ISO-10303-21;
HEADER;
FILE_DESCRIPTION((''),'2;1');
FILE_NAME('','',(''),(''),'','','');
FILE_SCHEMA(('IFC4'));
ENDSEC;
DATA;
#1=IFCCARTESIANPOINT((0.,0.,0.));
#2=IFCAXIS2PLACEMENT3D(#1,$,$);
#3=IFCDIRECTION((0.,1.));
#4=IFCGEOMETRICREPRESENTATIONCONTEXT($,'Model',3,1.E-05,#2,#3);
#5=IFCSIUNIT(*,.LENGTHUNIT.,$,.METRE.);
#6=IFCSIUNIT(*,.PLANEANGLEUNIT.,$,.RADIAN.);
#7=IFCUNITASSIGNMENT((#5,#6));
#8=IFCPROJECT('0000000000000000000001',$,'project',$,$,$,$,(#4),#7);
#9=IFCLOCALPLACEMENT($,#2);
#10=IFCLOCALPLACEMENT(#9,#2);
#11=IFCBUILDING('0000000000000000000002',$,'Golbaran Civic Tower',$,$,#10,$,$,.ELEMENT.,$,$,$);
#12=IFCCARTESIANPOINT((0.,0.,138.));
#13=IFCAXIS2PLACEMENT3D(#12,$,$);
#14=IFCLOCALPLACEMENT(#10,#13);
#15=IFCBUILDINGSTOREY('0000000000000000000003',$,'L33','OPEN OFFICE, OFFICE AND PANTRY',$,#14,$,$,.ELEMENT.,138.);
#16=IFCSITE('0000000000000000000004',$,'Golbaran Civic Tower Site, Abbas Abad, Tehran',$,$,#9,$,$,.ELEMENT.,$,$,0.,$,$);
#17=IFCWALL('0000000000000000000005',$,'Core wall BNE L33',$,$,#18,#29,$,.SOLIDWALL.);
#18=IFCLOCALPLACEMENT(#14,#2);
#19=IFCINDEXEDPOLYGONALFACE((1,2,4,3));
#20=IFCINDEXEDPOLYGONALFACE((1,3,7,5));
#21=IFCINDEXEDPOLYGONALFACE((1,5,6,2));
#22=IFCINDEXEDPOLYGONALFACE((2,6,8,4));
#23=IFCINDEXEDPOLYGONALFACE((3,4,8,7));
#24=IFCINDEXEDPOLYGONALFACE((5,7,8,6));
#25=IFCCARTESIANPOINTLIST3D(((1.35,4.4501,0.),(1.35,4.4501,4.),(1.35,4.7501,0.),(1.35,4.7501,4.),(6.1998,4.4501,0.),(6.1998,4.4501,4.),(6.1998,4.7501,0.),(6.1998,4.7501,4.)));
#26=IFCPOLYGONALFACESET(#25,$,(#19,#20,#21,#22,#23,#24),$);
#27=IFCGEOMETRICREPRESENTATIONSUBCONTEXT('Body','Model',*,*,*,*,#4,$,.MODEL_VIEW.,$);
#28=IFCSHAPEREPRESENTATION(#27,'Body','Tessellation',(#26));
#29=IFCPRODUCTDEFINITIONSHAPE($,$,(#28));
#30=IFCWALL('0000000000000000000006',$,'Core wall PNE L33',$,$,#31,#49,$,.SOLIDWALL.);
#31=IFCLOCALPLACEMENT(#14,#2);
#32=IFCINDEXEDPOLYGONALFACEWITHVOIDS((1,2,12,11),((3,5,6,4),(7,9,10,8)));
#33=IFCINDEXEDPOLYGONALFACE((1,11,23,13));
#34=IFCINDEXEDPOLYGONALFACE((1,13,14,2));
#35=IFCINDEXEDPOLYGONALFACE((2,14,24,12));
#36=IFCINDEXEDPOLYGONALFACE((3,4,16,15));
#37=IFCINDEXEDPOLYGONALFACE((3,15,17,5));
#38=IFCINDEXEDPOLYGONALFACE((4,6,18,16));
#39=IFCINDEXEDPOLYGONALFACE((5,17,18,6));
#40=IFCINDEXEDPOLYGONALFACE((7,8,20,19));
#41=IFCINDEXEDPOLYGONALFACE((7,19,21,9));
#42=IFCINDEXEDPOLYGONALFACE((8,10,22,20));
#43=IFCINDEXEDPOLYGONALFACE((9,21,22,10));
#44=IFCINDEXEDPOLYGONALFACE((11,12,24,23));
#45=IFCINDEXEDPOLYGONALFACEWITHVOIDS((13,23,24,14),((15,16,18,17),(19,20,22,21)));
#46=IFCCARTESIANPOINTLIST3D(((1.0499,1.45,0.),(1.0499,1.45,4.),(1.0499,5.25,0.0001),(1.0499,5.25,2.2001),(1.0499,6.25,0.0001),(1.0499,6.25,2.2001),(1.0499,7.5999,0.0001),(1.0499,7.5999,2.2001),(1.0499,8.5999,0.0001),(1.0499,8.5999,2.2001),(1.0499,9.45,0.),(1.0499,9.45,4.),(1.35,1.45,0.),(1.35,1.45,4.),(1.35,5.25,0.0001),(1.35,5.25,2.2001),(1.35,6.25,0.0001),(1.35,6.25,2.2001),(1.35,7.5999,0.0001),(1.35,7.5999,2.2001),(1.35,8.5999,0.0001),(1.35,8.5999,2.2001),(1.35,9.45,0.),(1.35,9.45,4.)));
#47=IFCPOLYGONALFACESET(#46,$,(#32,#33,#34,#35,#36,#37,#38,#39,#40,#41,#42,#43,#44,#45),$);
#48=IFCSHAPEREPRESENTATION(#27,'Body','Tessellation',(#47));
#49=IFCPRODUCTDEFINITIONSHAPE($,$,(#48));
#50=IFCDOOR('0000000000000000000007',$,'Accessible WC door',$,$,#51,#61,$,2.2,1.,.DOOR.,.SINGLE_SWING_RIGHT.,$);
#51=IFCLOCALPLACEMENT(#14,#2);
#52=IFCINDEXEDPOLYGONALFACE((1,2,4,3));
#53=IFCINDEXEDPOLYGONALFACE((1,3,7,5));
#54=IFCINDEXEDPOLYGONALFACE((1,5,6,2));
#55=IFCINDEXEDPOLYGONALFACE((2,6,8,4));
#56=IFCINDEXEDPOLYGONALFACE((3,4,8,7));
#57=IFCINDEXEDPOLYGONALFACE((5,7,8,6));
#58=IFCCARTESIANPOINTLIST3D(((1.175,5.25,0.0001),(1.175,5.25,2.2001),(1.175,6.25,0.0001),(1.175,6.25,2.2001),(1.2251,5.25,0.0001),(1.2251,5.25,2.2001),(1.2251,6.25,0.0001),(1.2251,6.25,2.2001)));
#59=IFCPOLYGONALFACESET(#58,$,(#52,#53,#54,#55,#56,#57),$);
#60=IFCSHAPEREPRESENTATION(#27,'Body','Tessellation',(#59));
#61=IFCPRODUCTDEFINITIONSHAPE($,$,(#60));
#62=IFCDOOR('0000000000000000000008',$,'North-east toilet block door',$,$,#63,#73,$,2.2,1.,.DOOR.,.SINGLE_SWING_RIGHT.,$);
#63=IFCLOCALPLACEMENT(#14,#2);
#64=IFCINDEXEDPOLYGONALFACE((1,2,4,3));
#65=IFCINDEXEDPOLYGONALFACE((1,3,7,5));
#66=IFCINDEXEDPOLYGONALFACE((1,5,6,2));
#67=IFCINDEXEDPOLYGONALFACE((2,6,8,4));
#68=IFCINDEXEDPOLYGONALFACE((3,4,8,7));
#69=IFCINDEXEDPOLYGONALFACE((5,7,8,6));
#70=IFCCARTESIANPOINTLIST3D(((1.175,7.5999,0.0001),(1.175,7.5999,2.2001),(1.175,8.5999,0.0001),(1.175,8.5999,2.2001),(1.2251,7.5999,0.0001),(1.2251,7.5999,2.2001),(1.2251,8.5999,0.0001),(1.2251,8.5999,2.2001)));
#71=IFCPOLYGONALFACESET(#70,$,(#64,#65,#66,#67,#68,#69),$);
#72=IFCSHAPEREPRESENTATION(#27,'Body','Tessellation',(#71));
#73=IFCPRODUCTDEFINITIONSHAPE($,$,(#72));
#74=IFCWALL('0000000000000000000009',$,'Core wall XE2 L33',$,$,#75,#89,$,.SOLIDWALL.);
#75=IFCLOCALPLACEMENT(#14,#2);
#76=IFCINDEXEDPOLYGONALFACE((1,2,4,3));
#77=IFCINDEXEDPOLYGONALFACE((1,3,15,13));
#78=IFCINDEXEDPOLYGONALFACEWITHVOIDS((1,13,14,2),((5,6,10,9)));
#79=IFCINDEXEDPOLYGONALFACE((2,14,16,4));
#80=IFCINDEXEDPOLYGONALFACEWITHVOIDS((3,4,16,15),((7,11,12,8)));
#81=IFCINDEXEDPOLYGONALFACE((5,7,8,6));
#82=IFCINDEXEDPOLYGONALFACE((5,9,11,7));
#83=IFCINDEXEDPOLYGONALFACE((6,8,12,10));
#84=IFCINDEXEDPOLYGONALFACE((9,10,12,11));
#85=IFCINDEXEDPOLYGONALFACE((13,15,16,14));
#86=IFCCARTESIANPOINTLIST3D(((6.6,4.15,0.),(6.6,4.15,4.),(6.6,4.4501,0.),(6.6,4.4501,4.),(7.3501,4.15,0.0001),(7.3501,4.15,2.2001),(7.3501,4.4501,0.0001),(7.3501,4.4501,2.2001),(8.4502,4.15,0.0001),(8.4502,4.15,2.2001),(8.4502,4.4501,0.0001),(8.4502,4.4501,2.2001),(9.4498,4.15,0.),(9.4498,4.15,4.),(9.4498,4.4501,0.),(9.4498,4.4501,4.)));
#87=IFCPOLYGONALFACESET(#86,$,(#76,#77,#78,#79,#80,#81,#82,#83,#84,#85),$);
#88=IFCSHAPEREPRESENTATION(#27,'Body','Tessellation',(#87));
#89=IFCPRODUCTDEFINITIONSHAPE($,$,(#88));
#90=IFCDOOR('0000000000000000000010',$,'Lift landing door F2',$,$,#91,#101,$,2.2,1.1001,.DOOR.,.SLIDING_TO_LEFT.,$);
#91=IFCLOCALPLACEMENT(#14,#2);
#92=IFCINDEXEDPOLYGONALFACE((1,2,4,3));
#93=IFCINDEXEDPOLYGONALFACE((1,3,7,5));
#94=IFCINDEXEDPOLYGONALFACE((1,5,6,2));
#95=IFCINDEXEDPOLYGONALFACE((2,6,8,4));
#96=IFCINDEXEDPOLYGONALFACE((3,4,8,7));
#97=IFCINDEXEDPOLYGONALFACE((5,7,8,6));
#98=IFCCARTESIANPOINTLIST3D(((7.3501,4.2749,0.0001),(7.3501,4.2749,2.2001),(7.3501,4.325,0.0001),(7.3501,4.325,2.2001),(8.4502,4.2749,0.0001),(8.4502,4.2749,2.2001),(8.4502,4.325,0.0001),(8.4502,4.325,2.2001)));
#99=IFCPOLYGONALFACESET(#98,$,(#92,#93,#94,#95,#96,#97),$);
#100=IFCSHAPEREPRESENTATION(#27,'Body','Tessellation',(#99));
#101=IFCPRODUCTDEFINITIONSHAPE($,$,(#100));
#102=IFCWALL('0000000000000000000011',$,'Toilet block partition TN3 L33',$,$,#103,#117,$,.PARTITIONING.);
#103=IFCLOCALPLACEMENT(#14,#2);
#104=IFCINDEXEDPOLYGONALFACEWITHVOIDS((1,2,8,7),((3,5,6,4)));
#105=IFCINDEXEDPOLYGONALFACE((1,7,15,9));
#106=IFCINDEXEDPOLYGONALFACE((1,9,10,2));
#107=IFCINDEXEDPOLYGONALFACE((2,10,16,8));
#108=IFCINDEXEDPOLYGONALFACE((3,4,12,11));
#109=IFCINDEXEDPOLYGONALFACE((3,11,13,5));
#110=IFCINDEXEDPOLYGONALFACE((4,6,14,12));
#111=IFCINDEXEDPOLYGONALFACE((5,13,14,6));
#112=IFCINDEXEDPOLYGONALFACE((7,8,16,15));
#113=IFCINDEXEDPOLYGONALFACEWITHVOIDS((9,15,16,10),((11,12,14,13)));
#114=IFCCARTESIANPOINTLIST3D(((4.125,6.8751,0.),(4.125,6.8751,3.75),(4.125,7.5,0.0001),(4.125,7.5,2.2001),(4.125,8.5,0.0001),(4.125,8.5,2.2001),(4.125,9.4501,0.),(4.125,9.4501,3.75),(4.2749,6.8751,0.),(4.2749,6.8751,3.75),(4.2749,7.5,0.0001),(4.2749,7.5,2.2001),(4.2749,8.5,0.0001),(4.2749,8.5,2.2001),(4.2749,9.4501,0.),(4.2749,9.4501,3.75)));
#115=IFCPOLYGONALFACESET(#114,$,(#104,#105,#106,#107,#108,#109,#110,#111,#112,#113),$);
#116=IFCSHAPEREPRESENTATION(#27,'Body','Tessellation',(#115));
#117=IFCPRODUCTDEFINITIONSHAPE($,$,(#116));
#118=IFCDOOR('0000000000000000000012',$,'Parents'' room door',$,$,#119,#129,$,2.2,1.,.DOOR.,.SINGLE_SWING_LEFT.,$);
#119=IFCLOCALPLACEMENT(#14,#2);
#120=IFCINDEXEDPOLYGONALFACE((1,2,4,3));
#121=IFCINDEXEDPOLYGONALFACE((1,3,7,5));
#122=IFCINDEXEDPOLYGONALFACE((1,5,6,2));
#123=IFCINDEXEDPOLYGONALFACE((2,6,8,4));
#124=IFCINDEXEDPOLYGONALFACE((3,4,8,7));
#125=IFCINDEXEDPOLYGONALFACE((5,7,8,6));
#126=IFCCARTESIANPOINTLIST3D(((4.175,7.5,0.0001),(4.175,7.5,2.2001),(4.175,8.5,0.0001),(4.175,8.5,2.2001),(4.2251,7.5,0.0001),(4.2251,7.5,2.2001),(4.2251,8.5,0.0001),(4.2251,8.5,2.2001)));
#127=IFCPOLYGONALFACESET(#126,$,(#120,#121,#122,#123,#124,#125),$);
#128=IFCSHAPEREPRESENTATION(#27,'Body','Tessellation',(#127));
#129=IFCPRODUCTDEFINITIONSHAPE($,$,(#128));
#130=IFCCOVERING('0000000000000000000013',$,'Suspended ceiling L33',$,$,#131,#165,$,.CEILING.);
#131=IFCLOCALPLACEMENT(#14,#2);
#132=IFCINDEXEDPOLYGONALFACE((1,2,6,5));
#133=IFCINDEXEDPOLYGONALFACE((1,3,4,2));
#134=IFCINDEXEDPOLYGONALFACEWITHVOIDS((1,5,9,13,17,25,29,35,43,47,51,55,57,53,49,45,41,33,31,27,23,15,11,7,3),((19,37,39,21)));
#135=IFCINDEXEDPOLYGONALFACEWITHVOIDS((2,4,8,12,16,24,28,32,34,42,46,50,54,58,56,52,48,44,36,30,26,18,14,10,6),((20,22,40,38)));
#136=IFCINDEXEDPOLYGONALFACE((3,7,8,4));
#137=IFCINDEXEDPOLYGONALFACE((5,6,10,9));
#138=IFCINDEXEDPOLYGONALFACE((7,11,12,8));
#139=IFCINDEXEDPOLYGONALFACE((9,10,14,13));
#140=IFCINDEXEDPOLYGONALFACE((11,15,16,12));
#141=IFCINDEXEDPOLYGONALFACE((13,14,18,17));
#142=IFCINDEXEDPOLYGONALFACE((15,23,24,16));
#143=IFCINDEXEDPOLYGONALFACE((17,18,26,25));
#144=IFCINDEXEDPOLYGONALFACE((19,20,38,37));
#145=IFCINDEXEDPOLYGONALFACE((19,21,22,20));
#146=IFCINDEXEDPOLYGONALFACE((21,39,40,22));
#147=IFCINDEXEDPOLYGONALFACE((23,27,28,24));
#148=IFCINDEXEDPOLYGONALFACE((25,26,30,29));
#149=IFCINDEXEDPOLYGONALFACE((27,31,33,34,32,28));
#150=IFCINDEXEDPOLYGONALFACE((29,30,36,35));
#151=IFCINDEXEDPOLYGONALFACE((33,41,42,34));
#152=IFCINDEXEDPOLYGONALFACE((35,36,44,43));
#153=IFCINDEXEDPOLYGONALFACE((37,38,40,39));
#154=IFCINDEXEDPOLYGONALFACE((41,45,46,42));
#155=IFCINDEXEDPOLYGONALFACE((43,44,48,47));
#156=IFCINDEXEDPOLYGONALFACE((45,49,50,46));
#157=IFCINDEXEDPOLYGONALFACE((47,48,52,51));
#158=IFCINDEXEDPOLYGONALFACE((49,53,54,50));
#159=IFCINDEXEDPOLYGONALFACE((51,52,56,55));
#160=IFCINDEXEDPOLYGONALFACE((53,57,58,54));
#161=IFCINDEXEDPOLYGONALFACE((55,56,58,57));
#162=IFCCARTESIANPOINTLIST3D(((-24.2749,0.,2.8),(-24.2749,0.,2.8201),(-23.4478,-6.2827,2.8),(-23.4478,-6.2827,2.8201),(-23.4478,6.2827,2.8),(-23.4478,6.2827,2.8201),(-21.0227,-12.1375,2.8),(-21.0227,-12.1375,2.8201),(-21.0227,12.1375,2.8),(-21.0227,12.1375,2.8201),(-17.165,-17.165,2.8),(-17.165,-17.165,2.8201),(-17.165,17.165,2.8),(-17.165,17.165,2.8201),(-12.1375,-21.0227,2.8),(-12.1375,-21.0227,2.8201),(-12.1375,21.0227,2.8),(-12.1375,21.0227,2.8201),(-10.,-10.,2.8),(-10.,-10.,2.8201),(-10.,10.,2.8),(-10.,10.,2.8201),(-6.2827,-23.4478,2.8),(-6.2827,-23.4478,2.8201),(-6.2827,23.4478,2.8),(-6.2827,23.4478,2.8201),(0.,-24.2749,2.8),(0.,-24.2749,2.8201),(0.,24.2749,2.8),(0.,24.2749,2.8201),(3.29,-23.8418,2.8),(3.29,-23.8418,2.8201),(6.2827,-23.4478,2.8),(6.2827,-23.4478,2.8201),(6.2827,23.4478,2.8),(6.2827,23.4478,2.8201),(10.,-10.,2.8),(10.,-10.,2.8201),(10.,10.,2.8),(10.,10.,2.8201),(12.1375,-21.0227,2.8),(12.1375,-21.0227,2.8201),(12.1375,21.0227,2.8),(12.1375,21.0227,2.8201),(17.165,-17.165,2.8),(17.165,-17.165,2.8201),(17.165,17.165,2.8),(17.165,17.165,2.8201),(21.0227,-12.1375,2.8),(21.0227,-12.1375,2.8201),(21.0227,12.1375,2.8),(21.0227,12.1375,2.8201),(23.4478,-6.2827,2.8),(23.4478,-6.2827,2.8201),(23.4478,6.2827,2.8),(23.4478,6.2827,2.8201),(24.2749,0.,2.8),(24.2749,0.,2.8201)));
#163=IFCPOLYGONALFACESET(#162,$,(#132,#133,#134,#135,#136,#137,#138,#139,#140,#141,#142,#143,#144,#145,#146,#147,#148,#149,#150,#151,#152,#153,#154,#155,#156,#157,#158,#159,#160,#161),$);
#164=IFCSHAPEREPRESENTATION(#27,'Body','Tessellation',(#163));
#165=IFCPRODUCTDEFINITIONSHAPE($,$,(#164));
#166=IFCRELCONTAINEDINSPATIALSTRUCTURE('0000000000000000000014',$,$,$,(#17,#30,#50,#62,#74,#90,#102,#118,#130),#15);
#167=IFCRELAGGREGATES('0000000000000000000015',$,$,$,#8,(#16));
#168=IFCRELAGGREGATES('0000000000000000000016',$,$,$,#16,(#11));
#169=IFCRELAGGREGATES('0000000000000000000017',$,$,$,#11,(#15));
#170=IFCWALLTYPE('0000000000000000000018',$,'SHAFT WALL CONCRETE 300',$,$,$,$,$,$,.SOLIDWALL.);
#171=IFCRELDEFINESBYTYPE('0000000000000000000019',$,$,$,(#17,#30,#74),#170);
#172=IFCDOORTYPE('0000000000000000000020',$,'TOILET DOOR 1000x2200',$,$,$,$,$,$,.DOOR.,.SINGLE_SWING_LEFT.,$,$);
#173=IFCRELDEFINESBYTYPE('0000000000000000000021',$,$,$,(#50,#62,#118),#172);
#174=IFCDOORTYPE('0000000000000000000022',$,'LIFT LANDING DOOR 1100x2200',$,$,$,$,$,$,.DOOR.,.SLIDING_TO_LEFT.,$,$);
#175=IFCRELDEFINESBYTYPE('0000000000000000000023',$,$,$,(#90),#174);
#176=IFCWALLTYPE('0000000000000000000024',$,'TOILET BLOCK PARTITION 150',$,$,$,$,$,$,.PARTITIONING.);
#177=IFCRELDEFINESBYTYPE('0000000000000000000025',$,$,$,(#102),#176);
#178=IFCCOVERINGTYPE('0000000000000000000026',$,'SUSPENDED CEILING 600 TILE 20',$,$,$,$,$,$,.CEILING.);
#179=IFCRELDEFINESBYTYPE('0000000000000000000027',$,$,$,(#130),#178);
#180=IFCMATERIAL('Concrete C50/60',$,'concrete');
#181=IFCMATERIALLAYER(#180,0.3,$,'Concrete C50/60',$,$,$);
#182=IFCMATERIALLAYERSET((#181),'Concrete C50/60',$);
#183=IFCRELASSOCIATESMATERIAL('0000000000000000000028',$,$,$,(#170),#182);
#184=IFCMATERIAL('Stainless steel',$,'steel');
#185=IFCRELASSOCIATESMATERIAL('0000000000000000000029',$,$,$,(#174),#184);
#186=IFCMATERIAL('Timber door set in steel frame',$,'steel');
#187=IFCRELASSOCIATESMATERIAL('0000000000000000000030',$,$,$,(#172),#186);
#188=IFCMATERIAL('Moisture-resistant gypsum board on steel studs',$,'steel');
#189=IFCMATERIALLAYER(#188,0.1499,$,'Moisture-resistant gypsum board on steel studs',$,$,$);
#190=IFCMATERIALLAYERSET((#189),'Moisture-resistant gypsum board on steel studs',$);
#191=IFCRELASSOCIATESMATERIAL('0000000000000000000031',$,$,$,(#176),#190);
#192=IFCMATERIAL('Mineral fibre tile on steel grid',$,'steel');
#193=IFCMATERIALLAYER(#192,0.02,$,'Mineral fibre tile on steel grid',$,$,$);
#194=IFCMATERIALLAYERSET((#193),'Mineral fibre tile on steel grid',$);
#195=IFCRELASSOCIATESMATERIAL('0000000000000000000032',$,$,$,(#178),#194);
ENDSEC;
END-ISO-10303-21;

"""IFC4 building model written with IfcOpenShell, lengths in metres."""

from ifc_helpers import new_model, si_unit, direction, frame, frame_2d, origin, place, context, subcontext, project, spatial, polyline, rectangle, outline, extrude, material, layer, layer_set, type_object, element, fill, save


model = new_model("IFC4")

# Units and contexts
model_context = context("Model", 3, precision=1e-05, world=origin(), true_north=direction((0.0, 1.0)))
body_context = subcontext(model_context, "Body", "Model", "MODEL_VIEW")
ifc_project = project(units=[si_unit("LENGTHUNIT", "METRE"), si_unit("PLANEANGLEUNIT", "RADIAN")], contexts=[model_context])

# Site, building, storey
site_placement = place(None, origin())
site = spatial("IfcSite", under=ifc_project, at=site_placement, Name="Golbaran Civic Tower Site, Abbas Abad, Tehran", CompositionType="ELEMENT", RefElevation=0.0)
building_placement = place(site_placement, origin())
building = spatial("IfcBuilding", under=site, at=building_placement, Name="Golbaran Civic Tower", CompositionType="ELEMENT")
storey_placement = place(building_placement, frame((0.0, 0.0, 138.0)))
storey = spatial("IfcBuildingStorey", under=building, at=storey_placement, Name="L33", Description="OPEN OFFICE, OFFICE AND PANTRY", CompositionType="ELEMENT", Elevation=138.0)

# Shared definitions
ifc_material_1 = material(Name="Timber door set in steel frame", Category="steel")

# Shared definitions
ifc_material_2 = material(Name="Concrete C50/60", Category="concrete")

# Shared definitions
ifc_layer_1 = layer(ifc_material_2, 0.3, Name="Concrete C50/60")
ifc_layer_set_1 = layer_set([ifc_layer_1], Name="Concrete C50/60")
wall_type_1 = type_object("IfcWallType", Name="SHAFT WALL CONCRETE 300", PredefinedType="SOLIDWALL", material=ifc_layer_set_1)
ifc_material_3 = material(Name="Stainless steel", Category="steel")
door_type_1 = type_object("IfcDoorType", Name="LIFT LANDING DOOR 1100x2200", OperationType="SLIDING_TO_LEFT", PredefinedType="DOOR", material=ifc_material_3)

# Wall
wall_1_placement = place(storey_placement, frame((1.3501, 4.6001, 0.0), z_axis=(0.0, 0.0, 1.0), x_axis=(1.0, 0.0, 0.0)))
element("IfcWall", 1, at=wall_1_placement, inside=storey, type_object=wall_type_1, Name="Core wall BNE L33", PredefinedType="SOLIDWALL", context=body_context, shape_type="SweptSolid", body=[
    extrude(rectangle(XDim=4.8499, YDim=0.3, at=frame_2d((2.4248, 0.0))), origin(), (0.0, 0.0, 1.0), 4.0),
])

# Wall, openings, doors
wall_2_placement = place(storey_placement, frame((1.2, 1.45, 0.0), z_axis=(0.0, 0.0, 1.0), x_axis=(0.0, 1.0, 0.0)))
wall_2 = element("IfcWall", 2, at=wall_2_placement, inside=storey, type_object=wall_type_1, Name="Core wall PNE L33", PredefinedType="SOLIDWALL", context=body_context, shape_type="SweptSolid", body=[
    extrude(rectangle(XDim=8.0, YDim=0.3, at=frame_2d((4.0, 0.0))), origin(), (0.0, 0.0, 1.0), 4.0),
])
opening_1_placement = place(wall_2_placement, frame((3.8, 0.0, 0.0)))
opening_1 = element("IfcOpeningElement", 3, at=opening_1_placement, cuts=wall_2, PredefinedType="OPENING", context=body_context, shape_type="SweptSolid", body=[
    extrude(rectangle(XDim=1.0, YDim=2.2, at=frame_2d((0.5, 1.1001))), frame((0.0, 0.1599, 0.0), z_axis=(0.0, -1.0, 0.0), x_axis=(1.0, 0.0, 0.0)), (0.0, 0.0, 1.0), 0.3201),
])
opening_2_placement = place(wall_2_placement, frame((6.1499, 0.0, 0.0)))
opening_2 = element("IfcOpeningElement", 4, at=opening_2_placement, cuts=wall_2, PredefinedType="OPENING", context=body_context, shape_type="SweptSolid", body=[
    extrude(rectangle(XDim=1.0, YDim=2.2, at=frame_2d((0.5, 1.1001))), frame((0.0, 0.1599, 0.0), z_axis=(0.0, -1.0, 0.0), x_axis=(1.0, 0.0, 0.0)), (0.0, 0.0, 1.0), 0.3201),
])
door_type_2 = type_object("IfcDoorType", Name="TOILET DOOR 1000x2200", OperationType="SINGLE_SWING_LEFT", PredefinedType="DOOR", material=ifc_material_1)
door_1_placement = place(opening_1_placement, origin())
door_1 = element("IfcDoor", 5, at=door_1_placement, inside=storey, type_object=door_type_2, Name="Accessible WC door", OperationType="SINGLE_SWING_RIGHT", OverallHeight=2.2, OverallWidth=1.0, PredefinedType="DOOR", context=body_context, shape_type="SweptSolid", body=[
    extrude(rectangle(XDim=1.0, YDim=2.2, at=frame_2d((0.5, 1.1001))), frame((0.0, 0.0249, 0.0), z_axis=(0.0, -1.0, 0.0), x_axis=(1.0, 0.0, 0.0)), (0.0, 0.0, 1.0), 0.05),
])
fill(opening_1, door_1)
door_2_placement = place(opening_2_placement, origin())
door_2 = element("IfcDoor", 6, at=door_2_placement, inside=storey, type_object=door_type_2, Name="North-east toilet block door", OperationType="SINGLE_SWING_RIGHT", OverallHeight=2.2, OverallWidth=1.0, PredefinedType="DOOR", context=body_context, shape_type="SweptSolid", body=[
    extrude(rectangle(XDim=1.0, YDim=2.2, at=frame_2d((0.5, 1.1001))), frame((0.0, 0.0249, 0.0), z_axis=(0.0, -1.0, 0.0), x_axis=(1.0, 0.0, 0.0)), (0.0, 0.0, 1.0), 0.05),
])
fill(opening_2, door_2)

# Walls, openings, doors
wall_3_placement = place(storey_placement, frame((6.6001, 4.3, 0.0), z_axis=(0.0, 0.0, 1.0), x_axis=(1.0, 0.0, 0.0)))
wall_3 = element("IfcWall", 7, at=wall_3_placement, inside=storey, type_object=wall_type_1, Name="Core wall XE2 L33", PredefinedType="SOLIDWALL", context=body_context, shape_type="SweptSolid", body=[
    extrude(rectangle(XDim=2.8499, YDim=0.3, at=frame_2d((1.4248, 0.0))), origin(), (0.0, 0.0, 1.0), 4.0),
])
opening_3_placement = place(wall_3_placement, frame((0.75, 0.0, 0.0)))
opening_3 = element("IfcOpeningElement", 8, at=opening_3_placement, cuts=wall_3, PredefinedType="OPENING", context=body_context, shape_type="SweptSolid", body=[
    extrude(rectangle(XDim=1.1001, YDim=2.2, at=frame_2d((0.55, 1.1001))), frame((0.0, 0.1599, 0.0), z_axis=(0.0, -1.0, 0.0), x_axis=(1.0, 0.0, 0.0)), (0.0, 0.0, 1.0), 0.3201),
])
door_3_placement = place(opening_3_placement, origin())
door_3 = element("IfcDoor", 9, at=door_3_placement, inside=storey, type_object=door_type_1, Name="Lift landing door F2", OperationType="SLIDING_TO_LEFT", OverallHeight=2.2, OverallWidth=1.1001, PredefinedType="DOOR", context=body_context, shape_type="SweptSolid", body=[
    extrude(rectangle(XDim=1.1001, YDim=2.2, at=frame_2d((0.55, 1.1001))), frame((0.0, 0.0249, 0.0), z_axis=(0.0, -1.0, 0.0), x_axis=(1.0, 0.0, 0.0)), (0.0, 0.0, 1.0), 0.05),
])
fill(opening_3, door_3)
ifc_material_4 = material(Name="Moisture-resistant gypsum board on steel studs", Category="steel")
ifc_layer_2 = layer(ifc_material_4, 0.1499, Name="Moisture-resistant gypsum board on steel studs")
ifc_layer_set_2 = layer_set([ifc_layer_2], Name="Moisture-resistant gypsum board on steel studs")
wall_type_2 = type_object("IfcWallType", Name="TOILET BLOCK PARTITION 150", PredefinedType="PARTITIONING", material=ifc_layer_set_2)
wall_4_placement = place(storey_placement, frame((4.2, 6.875, 0.0), z_axis=(0.0, 0.0, 1.0), x_axis=(0.0, 1.0, 0.0)))
wall_4 = element("IfcWall", 10, at=wall_4_placement, inside=storey, type_object=wall_type_2, Name="Toilet block partition TN3 L33", PredefinedType="PARTITIONING", context=body_context, shape_type="SweptSolid", body=[
    extrude(rectangle(XDim=2.575, YDim=0.1499, at=frame_2d((1.2876, 0.0))), origin(), (0.0, 0.0, 1.0), 3.75),
])
opening_4_placement = place(wall_4_placement, frame((0.625, 0.0, 0.0)))
opening_4 = element("IfcOpeningElement", 11, at=opening_4_placement, cuts=wall_4, PredefinedType="OPENING", context=body_context, shape_type="SweptSolid", body=[
    extrude(rectangle(XDim=1.0, YDim=2.2, at=frame_2d((0.5, 1.1001))), frame((0.0, 0.085, 0.0), z_axis=(0.0, -1.0, 0.0), x_axis=(1.0, 0.0, 0.0)), (0.0, 0.0, 1.0), 0.1699),
])
door_4_placement = place(opening_4_placement, origin())
door_4 = element("IfcDoor", 12, at=door_4_placement, inside=storey, type_object=door_type_2, Name="Parents' room door", OperationType="SINGLE_SWING_LEFT", OverallHeight=2.2, OverallWidth=1.0, PredefinedType="DOOR", context=body_context, shape_type="SweptSolid", body=[
    extrude(rectangle(XDim=1.0, YDim=2.2, at=frame_2d((0.5, 1.1001))), frame((0.0, 0.0249, 0.0), z_axis=(0.0, -1.0, 0.0), x_axis=(1.0, 0.0, 0.0)), (0.0, 0.0, 1.0), 0.05),
])
fill(opening_4, door_4)

# Covering
ifc_material_5 = material(Name="Mineral fibre tile on steel grid", Category="steel")
ifc_layer_3 = layer(ifc_material_5, 0.02, Name="Mineral fibre tile on steel grid")
ifc_layer_set_3 = layer_set([ifc_layer_3], Name="Mineral fibre tile on steel grid")
covering_type = type_object("IfcCoveringType", Name="SUSPENDED CEILING 600 TILE 20", PredefinedType="CEILING", material=ifc_layer_set_3)
covering_placement = place(storey_placement, frame((0.0, 0.0, 2.8)))
element("IfcCovering", 13, at=covering_placement, inside=storey, type_object=covering_type, Name="Suspended ceiling L33", PredefinedType="CEILING", context=body_context, shape_type="SweptSolid", body=[
    extrude(outline(polyline([(-21.0227, 12.1375), (-17.165, 17.165), (-12.1375, 21.0227), (-6.2827, 23.4478), (0.0, 24.2749), (6.2827, 23.4478), (12.1375, 21.0227), (17.165, 17.165), (21.0227, 12.1375), (23.4478, 6.2827), (24.2749, 0.0), (23.4478, -6.2827), (21.0227, -12.1375), (17.165, -17.165), (12.1375, -21.0227), (6.2827, -23.4478), (3.29, -23.8418), (0.0, -24.2749), (-6.2827, -23.4478), (-12.1375, -21.0227), (-17.165, -17.165), (-21.0227, -12.1375), (-23.4478, -6.2827), (-24.2749, 0.0), (-23.4478, 6.2827), (-21.0227, 12.1375)]), holes=[polyline([(-10.0, 10.0), (-10.0, -10.0), (10.0, -10.0), (10.0, 10.0), (-10.0, 10.0)])]), origin(), (0.0, 0.0, 1.0), 0.02),
])

save(model, "model.ifc")
